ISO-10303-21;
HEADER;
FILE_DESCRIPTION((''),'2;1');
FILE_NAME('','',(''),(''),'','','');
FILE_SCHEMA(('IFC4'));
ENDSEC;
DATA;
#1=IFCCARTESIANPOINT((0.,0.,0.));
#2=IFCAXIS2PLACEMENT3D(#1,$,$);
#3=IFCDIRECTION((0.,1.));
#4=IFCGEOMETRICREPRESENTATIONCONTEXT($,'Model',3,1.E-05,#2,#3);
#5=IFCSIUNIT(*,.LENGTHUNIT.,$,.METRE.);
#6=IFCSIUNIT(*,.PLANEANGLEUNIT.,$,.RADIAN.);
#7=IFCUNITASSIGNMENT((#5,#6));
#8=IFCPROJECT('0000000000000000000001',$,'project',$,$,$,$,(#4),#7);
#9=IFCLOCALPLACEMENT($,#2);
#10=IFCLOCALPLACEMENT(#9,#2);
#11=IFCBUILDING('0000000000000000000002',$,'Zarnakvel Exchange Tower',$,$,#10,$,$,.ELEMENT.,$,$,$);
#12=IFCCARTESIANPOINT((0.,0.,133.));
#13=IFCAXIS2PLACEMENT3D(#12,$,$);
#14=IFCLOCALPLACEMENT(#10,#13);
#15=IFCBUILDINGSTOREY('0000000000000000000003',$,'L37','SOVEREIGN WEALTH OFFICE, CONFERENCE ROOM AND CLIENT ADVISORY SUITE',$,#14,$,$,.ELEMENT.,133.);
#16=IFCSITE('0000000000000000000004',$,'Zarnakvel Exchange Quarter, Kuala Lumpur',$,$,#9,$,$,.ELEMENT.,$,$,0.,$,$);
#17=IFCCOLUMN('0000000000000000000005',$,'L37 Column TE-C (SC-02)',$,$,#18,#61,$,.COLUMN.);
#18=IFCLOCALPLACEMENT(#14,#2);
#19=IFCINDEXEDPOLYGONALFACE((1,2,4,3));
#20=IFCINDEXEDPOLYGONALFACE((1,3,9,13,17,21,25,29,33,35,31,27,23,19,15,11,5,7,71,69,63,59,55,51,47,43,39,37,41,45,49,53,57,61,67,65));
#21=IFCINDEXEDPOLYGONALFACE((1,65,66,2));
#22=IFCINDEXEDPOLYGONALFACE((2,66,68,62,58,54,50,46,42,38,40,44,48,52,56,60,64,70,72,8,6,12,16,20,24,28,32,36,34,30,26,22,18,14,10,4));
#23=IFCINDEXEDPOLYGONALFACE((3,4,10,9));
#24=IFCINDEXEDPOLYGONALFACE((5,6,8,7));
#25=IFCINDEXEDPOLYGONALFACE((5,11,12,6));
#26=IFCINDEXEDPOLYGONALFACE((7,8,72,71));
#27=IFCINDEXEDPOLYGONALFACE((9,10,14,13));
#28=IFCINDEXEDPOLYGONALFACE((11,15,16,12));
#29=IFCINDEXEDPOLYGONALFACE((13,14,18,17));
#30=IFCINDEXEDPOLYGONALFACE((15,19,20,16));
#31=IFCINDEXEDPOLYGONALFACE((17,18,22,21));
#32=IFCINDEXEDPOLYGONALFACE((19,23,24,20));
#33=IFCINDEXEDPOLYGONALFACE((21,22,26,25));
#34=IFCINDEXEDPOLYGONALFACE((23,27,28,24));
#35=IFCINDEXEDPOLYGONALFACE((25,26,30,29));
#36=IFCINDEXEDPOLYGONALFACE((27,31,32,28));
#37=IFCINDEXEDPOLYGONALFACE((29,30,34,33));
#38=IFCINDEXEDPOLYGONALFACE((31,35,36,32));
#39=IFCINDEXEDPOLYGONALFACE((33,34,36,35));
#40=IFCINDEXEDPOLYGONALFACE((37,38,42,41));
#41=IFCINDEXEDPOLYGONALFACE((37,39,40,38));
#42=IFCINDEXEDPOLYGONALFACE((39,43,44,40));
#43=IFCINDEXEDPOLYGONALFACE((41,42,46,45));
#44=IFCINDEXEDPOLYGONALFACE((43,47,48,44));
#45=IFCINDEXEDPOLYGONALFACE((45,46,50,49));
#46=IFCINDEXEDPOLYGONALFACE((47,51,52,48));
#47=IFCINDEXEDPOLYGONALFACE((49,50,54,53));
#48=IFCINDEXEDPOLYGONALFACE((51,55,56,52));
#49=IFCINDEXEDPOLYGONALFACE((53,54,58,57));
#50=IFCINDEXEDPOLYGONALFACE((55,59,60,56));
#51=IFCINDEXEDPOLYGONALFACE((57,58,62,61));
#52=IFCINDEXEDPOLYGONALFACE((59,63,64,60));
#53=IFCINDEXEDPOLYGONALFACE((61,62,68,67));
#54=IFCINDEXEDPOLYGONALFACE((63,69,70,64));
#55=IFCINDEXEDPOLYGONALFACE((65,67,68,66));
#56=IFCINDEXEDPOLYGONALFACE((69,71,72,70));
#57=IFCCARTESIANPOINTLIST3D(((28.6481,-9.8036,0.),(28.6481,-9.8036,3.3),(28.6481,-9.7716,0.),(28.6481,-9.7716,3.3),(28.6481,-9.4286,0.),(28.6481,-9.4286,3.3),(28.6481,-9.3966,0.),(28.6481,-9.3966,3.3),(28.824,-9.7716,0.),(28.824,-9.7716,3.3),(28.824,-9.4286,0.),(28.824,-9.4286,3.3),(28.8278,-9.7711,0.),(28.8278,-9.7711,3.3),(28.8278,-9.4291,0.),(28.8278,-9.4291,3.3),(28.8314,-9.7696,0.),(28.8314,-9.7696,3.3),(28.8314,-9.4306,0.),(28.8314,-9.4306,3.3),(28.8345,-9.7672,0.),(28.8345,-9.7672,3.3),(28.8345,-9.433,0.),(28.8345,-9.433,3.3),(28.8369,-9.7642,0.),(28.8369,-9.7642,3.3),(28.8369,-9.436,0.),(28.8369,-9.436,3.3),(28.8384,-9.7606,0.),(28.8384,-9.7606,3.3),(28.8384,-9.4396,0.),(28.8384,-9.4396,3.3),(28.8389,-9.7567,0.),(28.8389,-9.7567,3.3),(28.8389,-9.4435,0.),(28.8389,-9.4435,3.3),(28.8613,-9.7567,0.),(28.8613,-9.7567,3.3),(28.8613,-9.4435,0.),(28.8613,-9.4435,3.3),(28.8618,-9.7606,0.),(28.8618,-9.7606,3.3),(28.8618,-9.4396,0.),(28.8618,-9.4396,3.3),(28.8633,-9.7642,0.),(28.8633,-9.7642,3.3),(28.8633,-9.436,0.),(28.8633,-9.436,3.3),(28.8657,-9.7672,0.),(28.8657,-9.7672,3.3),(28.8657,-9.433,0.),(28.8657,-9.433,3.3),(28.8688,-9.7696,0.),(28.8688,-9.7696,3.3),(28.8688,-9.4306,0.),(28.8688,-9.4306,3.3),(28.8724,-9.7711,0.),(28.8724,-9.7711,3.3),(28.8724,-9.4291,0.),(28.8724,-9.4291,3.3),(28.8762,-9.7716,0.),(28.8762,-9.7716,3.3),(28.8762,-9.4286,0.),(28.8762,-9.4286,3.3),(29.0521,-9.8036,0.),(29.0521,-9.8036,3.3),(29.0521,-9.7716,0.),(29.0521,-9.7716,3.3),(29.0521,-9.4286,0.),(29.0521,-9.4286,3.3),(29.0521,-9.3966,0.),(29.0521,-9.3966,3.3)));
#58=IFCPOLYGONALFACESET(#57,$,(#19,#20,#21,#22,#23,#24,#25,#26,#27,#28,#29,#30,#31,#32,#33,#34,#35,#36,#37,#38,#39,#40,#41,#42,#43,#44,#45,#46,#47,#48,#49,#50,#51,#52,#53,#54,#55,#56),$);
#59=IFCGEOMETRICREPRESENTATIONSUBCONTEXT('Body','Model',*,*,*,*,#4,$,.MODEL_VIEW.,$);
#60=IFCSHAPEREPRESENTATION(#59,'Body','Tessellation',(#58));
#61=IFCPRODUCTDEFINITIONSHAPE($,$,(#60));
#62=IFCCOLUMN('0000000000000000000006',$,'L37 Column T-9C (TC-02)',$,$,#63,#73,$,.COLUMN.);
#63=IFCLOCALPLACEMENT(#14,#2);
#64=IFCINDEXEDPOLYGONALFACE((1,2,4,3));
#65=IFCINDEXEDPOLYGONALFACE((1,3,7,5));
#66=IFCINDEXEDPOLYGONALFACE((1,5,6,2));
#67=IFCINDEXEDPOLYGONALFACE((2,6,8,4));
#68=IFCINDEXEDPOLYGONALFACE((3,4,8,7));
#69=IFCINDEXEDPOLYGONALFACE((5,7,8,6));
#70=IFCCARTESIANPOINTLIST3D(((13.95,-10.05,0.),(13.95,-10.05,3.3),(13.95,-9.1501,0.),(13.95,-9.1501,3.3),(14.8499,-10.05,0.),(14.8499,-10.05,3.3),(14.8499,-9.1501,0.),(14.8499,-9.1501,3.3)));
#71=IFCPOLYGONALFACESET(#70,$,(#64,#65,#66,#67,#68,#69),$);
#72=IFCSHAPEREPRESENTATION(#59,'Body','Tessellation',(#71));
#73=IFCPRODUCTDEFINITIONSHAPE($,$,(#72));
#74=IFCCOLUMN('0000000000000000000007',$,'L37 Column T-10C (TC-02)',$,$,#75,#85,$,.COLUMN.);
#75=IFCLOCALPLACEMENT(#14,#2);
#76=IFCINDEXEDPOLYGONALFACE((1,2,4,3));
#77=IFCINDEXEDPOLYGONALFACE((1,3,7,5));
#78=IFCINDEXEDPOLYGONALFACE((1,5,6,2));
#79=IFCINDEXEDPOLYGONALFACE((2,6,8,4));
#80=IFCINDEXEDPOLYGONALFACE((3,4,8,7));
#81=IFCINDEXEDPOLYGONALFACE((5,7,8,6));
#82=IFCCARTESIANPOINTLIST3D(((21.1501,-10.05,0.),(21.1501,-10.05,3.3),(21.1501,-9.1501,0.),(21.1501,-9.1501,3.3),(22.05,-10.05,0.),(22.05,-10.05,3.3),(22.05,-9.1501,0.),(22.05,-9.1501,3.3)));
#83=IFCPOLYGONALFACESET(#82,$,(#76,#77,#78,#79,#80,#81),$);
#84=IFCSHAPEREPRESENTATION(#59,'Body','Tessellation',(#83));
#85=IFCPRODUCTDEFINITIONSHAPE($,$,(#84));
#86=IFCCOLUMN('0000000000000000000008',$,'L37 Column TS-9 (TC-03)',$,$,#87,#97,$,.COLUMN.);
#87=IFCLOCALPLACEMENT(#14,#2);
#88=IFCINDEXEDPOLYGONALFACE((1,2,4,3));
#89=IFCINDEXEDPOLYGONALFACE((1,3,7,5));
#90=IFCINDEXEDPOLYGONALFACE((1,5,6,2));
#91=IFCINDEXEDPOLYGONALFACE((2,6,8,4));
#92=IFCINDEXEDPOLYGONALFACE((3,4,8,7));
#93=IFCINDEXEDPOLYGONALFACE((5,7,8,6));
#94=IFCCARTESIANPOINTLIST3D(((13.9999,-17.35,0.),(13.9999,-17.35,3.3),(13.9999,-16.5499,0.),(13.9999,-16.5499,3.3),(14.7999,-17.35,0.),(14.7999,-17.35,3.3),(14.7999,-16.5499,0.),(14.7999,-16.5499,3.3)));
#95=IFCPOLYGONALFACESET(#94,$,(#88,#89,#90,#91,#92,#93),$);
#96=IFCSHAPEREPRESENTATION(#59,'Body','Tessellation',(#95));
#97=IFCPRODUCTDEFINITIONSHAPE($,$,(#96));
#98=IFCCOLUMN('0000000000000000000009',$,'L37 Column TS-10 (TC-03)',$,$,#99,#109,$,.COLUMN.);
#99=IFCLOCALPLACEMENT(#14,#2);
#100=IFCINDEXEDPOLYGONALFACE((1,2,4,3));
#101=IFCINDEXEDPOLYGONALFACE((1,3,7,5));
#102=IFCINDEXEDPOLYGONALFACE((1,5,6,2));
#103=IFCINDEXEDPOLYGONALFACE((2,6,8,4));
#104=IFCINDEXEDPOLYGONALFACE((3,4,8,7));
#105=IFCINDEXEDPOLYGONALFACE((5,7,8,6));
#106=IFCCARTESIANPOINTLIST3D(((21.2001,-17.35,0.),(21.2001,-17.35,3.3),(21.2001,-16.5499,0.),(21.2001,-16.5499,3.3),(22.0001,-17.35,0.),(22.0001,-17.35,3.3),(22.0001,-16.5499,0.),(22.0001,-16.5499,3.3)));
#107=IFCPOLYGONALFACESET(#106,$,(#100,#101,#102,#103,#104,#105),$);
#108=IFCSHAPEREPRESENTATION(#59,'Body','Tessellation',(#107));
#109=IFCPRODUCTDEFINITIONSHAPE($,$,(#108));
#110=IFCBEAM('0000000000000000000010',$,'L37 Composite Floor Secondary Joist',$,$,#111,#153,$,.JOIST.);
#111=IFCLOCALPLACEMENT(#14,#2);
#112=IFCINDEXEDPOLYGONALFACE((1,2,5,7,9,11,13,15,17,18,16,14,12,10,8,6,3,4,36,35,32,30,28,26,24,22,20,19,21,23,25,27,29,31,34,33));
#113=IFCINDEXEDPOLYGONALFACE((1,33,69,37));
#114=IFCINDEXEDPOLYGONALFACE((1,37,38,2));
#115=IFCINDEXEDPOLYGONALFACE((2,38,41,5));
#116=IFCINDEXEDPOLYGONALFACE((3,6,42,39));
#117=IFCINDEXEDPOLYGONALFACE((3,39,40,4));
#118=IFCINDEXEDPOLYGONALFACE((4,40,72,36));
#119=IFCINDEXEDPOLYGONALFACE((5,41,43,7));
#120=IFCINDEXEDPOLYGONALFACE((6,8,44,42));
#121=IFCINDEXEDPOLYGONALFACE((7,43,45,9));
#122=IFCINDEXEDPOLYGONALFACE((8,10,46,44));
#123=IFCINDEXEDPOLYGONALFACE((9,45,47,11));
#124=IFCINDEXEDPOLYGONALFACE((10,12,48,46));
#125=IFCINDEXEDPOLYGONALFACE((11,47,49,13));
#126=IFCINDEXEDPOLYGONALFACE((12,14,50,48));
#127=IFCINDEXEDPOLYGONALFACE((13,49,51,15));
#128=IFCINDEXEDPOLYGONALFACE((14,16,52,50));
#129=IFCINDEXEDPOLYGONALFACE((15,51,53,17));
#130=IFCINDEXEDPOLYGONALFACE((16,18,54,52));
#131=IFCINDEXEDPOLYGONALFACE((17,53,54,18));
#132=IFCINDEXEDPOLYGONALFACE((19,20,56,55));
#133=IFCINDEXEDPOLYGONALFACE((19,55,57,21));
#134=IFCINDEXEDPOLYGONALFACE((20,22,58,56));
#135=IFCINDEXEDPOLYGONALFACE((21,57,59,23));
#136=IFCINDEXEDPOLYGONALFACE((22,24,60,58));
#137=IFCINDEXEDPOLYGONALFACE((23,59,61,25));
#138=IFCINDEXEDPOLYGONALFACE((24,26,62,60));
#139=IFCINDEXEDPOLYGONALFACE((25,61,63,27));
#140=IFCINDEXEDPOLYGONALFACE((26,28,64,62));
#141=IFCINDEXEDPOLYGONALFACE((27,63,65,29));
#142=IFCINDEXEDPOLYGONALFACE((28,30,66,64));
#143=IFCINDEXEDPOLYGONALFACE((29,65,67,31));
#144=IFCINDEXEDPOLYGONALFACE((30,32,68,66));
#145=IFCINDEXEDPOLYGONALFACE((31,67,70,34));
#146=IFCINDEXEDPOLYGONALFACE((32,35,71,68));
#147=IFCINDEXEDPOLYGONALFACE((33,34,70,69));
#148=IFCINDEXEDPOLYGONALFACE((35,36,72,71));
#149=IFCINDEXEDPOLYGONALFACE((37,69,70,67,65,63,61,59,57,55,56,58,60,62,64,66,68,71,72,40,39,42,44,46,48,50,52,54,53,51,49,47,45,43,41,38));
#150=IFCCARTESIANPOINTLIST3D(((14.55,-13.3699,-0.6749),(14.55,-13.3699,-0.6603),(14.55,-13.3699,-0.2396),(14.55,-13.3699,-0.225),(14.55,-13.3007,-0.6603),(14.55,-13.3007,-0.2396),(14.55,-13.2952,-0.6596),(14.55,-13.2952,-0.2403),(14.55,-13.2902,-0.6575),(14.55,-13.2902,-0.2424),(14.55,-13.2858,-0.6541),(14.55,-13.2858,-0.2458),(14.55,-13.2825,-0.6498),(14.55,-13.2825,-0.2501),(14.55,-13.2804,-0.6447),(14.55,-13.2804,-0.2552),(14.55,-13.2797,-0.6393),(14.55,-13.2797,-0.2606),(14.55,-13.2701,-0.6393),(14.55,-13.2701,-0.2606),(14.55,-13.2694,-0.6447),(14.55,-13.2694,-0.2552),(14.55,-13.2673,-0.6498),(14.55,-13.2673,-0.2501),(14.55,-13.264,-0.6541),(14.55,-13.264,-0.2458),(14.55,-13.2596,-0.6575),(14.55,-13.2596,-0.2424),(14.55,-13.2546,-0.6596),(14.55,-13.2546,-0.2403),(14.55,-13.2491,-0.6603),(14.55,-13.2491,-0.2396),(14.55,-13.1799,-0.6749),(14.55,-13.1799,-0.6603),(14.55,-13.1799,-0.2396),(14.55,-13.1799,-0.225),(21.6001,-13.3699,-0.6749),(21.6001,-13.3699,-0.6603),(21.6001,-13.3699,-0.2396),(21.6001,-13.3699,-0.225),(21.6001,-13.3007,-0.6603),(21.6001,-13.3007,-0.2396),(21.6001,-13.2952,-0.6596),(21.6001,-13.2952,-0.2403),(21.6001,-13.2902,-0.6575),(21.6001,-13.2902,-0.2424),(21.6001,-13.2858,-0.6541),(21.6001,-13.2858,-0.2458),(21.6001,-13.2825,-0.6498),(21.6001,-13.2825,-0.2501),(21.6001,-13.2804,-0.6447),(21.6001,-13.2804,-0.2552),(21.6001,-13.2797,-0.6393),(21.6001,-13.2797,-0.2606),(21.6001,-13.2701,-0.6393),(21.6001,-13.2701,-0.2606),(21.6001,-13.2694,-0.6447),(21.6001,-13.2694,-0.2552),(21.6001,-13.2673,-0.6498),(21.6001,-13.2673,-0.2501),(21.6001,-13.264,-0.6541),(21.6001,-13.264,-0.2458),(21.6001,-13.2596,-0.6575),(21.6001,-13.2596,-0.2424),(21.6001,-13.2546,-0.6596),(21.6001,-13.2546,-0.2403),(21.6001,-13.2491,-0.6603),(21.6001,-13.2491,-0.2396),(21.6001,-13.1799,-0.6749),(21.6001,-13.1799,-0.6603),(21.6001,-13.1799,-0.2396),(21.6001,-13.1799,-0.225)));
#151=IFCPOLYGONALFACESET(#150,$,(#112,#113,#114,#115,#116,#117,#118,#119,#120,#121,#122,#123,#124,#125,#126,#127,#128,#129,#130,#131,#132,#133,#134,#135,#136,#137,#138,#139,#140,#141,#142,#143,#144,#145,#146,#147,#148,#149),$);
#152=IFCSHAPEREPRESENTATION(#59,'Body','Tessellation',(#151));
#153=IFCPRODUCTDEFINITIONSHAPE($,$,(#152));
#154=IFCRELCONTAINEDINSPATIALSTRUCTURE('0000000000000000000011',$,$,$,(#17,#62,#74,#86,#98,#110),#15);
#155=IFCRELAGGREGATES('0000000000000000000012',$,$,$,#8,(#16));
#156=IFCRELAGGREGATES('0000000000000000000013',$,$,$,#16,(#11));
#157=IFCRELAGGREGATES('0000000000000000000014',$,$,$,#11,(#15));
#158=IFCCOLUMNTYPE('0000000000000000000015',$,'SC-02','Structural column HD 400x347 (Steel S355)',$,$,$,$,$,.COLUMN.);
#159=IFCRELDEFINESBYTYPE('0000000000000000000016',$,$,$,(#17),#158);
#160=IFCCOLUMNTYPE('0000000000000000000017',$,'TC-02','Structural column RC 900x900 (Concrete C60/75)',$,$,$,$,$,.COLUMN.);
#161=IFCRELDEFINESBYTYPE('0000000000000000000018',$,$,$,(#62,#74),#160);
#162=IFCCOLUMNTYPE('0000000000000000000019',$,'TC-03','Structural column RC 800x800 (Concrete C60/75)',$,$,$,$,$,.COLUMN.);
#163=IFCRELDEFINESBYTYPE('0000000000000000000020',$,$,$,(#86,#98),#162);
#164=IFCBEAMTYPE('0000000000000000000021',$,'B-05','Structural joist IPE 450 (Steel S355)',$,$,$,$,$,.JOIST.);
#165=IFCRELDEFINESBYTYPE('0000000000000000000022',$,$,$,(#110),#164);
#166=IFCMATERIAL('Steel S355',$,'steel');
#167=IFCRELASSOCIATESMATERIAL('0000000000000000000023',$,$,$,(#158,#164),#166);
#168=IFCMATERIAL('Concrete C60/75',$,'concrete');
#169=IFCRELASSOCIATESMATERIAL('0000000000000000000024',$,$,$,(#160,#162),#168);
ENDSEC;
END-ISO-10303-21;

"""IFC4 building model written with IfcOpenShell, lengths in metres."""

from ifc_helpers import new_model, si_unit, direction, frame, origin, origin_2d, place, context, subcontext, project, spatial, rectangle, i_section, extrude, material, material_profile, profile_set, type_object, element, save


model = new_model("IFC4")

# Units and contexts
model_context = context("Model", 3, precision=1e-05, world=origin(), true_north=direction((0.0, 1.0)))
body_context = subcontext(model_context, "Body", "Model", "MODEL_VIEW")
ifc_project = project(units=[si_unit("LENGTHUNIT", "METRE"), si_unit("PLANEANGLEUNIT", "RADIAN")], contexts=[model_context])

# Site, building, storey
site_placement = place(None, origin())
site = spatial("IfcSite", under=ifc_project, at=site_placement, Name="Zarnakvel Exchange Quarter, Kuala Lumpur", CompositionType="ELEMENT", RefElevation=0.0)
building_placement = place(site_placement, origin())
building = spatial("IfcBuilding", under=site, at=building_placement, Name="Zarnakvel Exchange Tower", CompositionType="ELEMENT")
storey_placement = place(building_placement, frame((0.0, 0.0, 133.0)))
storey = spatial("IfcBuildingStorey", under=building, at=storey_placement, Name="L37", Description="SOVEREIGN WEALTH OFFICE, CONFERENCE ROOM AND CLIENT ADVISORY SUITE", CompositionType="ELEMENT", Elevation=133.0)

# Columns
ifc_material_1 = material(Name="Steel S355", Category="steel")
ifc_material_profile_1 = material_profile(ifc_material_1, i_section(OverallWidth=0.4041, OverallDepth=0.407, WebThickness=0.0225, FlangeThickness=0.032, FilletRadius=0.0149, at=origin_2d()))
ifc_profile_set_1 = profile_set([ifc_material_profile_1], Name="Steel S355")
column_type_1 = type_object("IfcColumnType", Name="SC-02", Description="Structural column HD 400x347 (Steel S355)", PredefinedType="COLUMN", material=ifc_profile_set_1)
column_placement = place(storey_placement, frame((28.8501, -9.6001, 0.0), z_axis=(0.0, 0.0, 1.0), x_axis=(1.0, 0.0, 0.0)))
element("IfcColumn", 1, at=column_placement, inside=storey, type_object=column_type_1, Name="L37 Column TE-C (SC-02)", PredefinedType="COLUMN", context=body_context, shape_type="SweptSolid", body=[
    extrude(i_section(OverallWidth=0.4041, OverallDepth=0.407, WebThickness=0.0225, FlangeThickness=0.032, FilletRadius=0.0149, at=origin_2d()), origin(), (0.0, 0.0, 1.0), 3.3),
])
ifc_material_2 = material(Name="Concrete C60/75", Category="concrete")
ifc_material_profile_2 = material_profile(ifc_material_2, rectangle(XDim=0.8999, YDim=0.8999, at=origin_2d()))
ifc_profile_set_2 = profile_set([ifc_material_profile_2], Name="Concrete C60/75")
column_type_2 = type_object("IfcColumnType", Name="TC-02", Description="Structural column RC 900x900 (Concrete C60/75)", PredefinedType="COLUMN", material=ifc_profile_set_2)
for number, where, z_axis, x_axis, name in (
    (2, (14.3999, -9.6001, 0.0), (0.0, 0.0, 1.0), (1.0, 0.0, 0.0), "L37 Column T-9C (TC-02)"),
    (3, (21.6001, -9.6001, 0.0), (0.0, 0.0, 1.0), (1.0, 0.0, 0.0), "L37 Column T-10C (TC-02)"),
):
    element("IfcColumn", number, at=place(storey_placement, frame(where, z_axis=z_axis, x_axis=x_axis)), inside=storey, type_object=column_type_2, Name=name, PredefinedType="COLUMN", context=body_context, shape_type="SweptSolid", body=[
        extrude(rectangle(XDim=0.8999, YDim=0.8999, at=origin_2d()), origin(), (0.0, 0.0, 1.0), 3.3),
    ])
ifc_material_profile_3 = material_profile(ifc_material_2, rectangle(XDim=0.8, YDim=0.8, at=origin_2d()))
ifc_profile_set_3 = profile_set([ifc_material_profile_3], Name="Concrete C60/75")
column_type_3 = type_object("IfcColumnType", Name="TC-03", Description="Structural column RC 800x800 (Concrete C60/75)", PredefinedType="COLUMN", material=ifc_profile_set_3)
for number, where, z_axis, x_axis, name in (
    (4, (14.3999, -16.95, 0.0), (0.0, 0.0, 1.0), (1.0, 0.0, 0.0), "L37 Column TS-9 (TC-03)"),
    (5, (21.6001, -16.95, 0.0), (0.0, 0.0, 1.0), (1.0, 0.0, 0.0), "L37 Column TS-10 (TC-03)"),
):
    element("IfcColumn", number, at=place(storey_placement, frame(where, z_axis=z_axis, x_axis=x_axis)), inside=storey, type_object=column_type_3, Name=name, PredefinedType="COLUMN", context=body_context, shape_type="SweptSolid", body=[
        extrude(rectangle(XDim=0.8, YDim=0.8, at=origin_2d()), origin(), (0.0, 0.0, 1.0), 3.3),
    ])

# Beam
ifc_material_profile_4 = material_profile(ifc_material_1, i_section(OverallWidth=0.1899, OverallDepth=0.45, WebThickness=0.0095, FlangeThickness=0.0146, FilletRadius=0.021, at=origin_2d()))
ifc_profile_set_4 = profile_set([ifc_material_profile_4], Name="Steel S355")
beam_type_1 = type_object("IfcBeamType", Name="B-05", Description="Structural joist IPE 450 (Steel S355)", PredefinedType="JOIST", material=ifc_profile_set_4)
beam_1_placement = place(storey_placement, frame((14.55, -13.2749, -0.45), z_axis=(1.0, 0.0, 0.0), x_axis=(0.0, 1.0, 0.0)))
element("IfcBeam", 6, at=beam_1_placement, inside=storey, type_object=beam_type_1, Name="L37 Composite Floor Secondary Joist", PredefinedType="JOIST", context=body_context, shape_type="SweptSolid", body=[
    extrude(i_section(OverallWidth=0.1899, OverallDepth=0.45, WebThickness=0.0095, FlangeThickness=0.0146, FilletRadius=0.021, at=origin_2d()), origin(), (0.0, 0.0, 1.0), 7.05),
])

save(model, "model.ifc")
